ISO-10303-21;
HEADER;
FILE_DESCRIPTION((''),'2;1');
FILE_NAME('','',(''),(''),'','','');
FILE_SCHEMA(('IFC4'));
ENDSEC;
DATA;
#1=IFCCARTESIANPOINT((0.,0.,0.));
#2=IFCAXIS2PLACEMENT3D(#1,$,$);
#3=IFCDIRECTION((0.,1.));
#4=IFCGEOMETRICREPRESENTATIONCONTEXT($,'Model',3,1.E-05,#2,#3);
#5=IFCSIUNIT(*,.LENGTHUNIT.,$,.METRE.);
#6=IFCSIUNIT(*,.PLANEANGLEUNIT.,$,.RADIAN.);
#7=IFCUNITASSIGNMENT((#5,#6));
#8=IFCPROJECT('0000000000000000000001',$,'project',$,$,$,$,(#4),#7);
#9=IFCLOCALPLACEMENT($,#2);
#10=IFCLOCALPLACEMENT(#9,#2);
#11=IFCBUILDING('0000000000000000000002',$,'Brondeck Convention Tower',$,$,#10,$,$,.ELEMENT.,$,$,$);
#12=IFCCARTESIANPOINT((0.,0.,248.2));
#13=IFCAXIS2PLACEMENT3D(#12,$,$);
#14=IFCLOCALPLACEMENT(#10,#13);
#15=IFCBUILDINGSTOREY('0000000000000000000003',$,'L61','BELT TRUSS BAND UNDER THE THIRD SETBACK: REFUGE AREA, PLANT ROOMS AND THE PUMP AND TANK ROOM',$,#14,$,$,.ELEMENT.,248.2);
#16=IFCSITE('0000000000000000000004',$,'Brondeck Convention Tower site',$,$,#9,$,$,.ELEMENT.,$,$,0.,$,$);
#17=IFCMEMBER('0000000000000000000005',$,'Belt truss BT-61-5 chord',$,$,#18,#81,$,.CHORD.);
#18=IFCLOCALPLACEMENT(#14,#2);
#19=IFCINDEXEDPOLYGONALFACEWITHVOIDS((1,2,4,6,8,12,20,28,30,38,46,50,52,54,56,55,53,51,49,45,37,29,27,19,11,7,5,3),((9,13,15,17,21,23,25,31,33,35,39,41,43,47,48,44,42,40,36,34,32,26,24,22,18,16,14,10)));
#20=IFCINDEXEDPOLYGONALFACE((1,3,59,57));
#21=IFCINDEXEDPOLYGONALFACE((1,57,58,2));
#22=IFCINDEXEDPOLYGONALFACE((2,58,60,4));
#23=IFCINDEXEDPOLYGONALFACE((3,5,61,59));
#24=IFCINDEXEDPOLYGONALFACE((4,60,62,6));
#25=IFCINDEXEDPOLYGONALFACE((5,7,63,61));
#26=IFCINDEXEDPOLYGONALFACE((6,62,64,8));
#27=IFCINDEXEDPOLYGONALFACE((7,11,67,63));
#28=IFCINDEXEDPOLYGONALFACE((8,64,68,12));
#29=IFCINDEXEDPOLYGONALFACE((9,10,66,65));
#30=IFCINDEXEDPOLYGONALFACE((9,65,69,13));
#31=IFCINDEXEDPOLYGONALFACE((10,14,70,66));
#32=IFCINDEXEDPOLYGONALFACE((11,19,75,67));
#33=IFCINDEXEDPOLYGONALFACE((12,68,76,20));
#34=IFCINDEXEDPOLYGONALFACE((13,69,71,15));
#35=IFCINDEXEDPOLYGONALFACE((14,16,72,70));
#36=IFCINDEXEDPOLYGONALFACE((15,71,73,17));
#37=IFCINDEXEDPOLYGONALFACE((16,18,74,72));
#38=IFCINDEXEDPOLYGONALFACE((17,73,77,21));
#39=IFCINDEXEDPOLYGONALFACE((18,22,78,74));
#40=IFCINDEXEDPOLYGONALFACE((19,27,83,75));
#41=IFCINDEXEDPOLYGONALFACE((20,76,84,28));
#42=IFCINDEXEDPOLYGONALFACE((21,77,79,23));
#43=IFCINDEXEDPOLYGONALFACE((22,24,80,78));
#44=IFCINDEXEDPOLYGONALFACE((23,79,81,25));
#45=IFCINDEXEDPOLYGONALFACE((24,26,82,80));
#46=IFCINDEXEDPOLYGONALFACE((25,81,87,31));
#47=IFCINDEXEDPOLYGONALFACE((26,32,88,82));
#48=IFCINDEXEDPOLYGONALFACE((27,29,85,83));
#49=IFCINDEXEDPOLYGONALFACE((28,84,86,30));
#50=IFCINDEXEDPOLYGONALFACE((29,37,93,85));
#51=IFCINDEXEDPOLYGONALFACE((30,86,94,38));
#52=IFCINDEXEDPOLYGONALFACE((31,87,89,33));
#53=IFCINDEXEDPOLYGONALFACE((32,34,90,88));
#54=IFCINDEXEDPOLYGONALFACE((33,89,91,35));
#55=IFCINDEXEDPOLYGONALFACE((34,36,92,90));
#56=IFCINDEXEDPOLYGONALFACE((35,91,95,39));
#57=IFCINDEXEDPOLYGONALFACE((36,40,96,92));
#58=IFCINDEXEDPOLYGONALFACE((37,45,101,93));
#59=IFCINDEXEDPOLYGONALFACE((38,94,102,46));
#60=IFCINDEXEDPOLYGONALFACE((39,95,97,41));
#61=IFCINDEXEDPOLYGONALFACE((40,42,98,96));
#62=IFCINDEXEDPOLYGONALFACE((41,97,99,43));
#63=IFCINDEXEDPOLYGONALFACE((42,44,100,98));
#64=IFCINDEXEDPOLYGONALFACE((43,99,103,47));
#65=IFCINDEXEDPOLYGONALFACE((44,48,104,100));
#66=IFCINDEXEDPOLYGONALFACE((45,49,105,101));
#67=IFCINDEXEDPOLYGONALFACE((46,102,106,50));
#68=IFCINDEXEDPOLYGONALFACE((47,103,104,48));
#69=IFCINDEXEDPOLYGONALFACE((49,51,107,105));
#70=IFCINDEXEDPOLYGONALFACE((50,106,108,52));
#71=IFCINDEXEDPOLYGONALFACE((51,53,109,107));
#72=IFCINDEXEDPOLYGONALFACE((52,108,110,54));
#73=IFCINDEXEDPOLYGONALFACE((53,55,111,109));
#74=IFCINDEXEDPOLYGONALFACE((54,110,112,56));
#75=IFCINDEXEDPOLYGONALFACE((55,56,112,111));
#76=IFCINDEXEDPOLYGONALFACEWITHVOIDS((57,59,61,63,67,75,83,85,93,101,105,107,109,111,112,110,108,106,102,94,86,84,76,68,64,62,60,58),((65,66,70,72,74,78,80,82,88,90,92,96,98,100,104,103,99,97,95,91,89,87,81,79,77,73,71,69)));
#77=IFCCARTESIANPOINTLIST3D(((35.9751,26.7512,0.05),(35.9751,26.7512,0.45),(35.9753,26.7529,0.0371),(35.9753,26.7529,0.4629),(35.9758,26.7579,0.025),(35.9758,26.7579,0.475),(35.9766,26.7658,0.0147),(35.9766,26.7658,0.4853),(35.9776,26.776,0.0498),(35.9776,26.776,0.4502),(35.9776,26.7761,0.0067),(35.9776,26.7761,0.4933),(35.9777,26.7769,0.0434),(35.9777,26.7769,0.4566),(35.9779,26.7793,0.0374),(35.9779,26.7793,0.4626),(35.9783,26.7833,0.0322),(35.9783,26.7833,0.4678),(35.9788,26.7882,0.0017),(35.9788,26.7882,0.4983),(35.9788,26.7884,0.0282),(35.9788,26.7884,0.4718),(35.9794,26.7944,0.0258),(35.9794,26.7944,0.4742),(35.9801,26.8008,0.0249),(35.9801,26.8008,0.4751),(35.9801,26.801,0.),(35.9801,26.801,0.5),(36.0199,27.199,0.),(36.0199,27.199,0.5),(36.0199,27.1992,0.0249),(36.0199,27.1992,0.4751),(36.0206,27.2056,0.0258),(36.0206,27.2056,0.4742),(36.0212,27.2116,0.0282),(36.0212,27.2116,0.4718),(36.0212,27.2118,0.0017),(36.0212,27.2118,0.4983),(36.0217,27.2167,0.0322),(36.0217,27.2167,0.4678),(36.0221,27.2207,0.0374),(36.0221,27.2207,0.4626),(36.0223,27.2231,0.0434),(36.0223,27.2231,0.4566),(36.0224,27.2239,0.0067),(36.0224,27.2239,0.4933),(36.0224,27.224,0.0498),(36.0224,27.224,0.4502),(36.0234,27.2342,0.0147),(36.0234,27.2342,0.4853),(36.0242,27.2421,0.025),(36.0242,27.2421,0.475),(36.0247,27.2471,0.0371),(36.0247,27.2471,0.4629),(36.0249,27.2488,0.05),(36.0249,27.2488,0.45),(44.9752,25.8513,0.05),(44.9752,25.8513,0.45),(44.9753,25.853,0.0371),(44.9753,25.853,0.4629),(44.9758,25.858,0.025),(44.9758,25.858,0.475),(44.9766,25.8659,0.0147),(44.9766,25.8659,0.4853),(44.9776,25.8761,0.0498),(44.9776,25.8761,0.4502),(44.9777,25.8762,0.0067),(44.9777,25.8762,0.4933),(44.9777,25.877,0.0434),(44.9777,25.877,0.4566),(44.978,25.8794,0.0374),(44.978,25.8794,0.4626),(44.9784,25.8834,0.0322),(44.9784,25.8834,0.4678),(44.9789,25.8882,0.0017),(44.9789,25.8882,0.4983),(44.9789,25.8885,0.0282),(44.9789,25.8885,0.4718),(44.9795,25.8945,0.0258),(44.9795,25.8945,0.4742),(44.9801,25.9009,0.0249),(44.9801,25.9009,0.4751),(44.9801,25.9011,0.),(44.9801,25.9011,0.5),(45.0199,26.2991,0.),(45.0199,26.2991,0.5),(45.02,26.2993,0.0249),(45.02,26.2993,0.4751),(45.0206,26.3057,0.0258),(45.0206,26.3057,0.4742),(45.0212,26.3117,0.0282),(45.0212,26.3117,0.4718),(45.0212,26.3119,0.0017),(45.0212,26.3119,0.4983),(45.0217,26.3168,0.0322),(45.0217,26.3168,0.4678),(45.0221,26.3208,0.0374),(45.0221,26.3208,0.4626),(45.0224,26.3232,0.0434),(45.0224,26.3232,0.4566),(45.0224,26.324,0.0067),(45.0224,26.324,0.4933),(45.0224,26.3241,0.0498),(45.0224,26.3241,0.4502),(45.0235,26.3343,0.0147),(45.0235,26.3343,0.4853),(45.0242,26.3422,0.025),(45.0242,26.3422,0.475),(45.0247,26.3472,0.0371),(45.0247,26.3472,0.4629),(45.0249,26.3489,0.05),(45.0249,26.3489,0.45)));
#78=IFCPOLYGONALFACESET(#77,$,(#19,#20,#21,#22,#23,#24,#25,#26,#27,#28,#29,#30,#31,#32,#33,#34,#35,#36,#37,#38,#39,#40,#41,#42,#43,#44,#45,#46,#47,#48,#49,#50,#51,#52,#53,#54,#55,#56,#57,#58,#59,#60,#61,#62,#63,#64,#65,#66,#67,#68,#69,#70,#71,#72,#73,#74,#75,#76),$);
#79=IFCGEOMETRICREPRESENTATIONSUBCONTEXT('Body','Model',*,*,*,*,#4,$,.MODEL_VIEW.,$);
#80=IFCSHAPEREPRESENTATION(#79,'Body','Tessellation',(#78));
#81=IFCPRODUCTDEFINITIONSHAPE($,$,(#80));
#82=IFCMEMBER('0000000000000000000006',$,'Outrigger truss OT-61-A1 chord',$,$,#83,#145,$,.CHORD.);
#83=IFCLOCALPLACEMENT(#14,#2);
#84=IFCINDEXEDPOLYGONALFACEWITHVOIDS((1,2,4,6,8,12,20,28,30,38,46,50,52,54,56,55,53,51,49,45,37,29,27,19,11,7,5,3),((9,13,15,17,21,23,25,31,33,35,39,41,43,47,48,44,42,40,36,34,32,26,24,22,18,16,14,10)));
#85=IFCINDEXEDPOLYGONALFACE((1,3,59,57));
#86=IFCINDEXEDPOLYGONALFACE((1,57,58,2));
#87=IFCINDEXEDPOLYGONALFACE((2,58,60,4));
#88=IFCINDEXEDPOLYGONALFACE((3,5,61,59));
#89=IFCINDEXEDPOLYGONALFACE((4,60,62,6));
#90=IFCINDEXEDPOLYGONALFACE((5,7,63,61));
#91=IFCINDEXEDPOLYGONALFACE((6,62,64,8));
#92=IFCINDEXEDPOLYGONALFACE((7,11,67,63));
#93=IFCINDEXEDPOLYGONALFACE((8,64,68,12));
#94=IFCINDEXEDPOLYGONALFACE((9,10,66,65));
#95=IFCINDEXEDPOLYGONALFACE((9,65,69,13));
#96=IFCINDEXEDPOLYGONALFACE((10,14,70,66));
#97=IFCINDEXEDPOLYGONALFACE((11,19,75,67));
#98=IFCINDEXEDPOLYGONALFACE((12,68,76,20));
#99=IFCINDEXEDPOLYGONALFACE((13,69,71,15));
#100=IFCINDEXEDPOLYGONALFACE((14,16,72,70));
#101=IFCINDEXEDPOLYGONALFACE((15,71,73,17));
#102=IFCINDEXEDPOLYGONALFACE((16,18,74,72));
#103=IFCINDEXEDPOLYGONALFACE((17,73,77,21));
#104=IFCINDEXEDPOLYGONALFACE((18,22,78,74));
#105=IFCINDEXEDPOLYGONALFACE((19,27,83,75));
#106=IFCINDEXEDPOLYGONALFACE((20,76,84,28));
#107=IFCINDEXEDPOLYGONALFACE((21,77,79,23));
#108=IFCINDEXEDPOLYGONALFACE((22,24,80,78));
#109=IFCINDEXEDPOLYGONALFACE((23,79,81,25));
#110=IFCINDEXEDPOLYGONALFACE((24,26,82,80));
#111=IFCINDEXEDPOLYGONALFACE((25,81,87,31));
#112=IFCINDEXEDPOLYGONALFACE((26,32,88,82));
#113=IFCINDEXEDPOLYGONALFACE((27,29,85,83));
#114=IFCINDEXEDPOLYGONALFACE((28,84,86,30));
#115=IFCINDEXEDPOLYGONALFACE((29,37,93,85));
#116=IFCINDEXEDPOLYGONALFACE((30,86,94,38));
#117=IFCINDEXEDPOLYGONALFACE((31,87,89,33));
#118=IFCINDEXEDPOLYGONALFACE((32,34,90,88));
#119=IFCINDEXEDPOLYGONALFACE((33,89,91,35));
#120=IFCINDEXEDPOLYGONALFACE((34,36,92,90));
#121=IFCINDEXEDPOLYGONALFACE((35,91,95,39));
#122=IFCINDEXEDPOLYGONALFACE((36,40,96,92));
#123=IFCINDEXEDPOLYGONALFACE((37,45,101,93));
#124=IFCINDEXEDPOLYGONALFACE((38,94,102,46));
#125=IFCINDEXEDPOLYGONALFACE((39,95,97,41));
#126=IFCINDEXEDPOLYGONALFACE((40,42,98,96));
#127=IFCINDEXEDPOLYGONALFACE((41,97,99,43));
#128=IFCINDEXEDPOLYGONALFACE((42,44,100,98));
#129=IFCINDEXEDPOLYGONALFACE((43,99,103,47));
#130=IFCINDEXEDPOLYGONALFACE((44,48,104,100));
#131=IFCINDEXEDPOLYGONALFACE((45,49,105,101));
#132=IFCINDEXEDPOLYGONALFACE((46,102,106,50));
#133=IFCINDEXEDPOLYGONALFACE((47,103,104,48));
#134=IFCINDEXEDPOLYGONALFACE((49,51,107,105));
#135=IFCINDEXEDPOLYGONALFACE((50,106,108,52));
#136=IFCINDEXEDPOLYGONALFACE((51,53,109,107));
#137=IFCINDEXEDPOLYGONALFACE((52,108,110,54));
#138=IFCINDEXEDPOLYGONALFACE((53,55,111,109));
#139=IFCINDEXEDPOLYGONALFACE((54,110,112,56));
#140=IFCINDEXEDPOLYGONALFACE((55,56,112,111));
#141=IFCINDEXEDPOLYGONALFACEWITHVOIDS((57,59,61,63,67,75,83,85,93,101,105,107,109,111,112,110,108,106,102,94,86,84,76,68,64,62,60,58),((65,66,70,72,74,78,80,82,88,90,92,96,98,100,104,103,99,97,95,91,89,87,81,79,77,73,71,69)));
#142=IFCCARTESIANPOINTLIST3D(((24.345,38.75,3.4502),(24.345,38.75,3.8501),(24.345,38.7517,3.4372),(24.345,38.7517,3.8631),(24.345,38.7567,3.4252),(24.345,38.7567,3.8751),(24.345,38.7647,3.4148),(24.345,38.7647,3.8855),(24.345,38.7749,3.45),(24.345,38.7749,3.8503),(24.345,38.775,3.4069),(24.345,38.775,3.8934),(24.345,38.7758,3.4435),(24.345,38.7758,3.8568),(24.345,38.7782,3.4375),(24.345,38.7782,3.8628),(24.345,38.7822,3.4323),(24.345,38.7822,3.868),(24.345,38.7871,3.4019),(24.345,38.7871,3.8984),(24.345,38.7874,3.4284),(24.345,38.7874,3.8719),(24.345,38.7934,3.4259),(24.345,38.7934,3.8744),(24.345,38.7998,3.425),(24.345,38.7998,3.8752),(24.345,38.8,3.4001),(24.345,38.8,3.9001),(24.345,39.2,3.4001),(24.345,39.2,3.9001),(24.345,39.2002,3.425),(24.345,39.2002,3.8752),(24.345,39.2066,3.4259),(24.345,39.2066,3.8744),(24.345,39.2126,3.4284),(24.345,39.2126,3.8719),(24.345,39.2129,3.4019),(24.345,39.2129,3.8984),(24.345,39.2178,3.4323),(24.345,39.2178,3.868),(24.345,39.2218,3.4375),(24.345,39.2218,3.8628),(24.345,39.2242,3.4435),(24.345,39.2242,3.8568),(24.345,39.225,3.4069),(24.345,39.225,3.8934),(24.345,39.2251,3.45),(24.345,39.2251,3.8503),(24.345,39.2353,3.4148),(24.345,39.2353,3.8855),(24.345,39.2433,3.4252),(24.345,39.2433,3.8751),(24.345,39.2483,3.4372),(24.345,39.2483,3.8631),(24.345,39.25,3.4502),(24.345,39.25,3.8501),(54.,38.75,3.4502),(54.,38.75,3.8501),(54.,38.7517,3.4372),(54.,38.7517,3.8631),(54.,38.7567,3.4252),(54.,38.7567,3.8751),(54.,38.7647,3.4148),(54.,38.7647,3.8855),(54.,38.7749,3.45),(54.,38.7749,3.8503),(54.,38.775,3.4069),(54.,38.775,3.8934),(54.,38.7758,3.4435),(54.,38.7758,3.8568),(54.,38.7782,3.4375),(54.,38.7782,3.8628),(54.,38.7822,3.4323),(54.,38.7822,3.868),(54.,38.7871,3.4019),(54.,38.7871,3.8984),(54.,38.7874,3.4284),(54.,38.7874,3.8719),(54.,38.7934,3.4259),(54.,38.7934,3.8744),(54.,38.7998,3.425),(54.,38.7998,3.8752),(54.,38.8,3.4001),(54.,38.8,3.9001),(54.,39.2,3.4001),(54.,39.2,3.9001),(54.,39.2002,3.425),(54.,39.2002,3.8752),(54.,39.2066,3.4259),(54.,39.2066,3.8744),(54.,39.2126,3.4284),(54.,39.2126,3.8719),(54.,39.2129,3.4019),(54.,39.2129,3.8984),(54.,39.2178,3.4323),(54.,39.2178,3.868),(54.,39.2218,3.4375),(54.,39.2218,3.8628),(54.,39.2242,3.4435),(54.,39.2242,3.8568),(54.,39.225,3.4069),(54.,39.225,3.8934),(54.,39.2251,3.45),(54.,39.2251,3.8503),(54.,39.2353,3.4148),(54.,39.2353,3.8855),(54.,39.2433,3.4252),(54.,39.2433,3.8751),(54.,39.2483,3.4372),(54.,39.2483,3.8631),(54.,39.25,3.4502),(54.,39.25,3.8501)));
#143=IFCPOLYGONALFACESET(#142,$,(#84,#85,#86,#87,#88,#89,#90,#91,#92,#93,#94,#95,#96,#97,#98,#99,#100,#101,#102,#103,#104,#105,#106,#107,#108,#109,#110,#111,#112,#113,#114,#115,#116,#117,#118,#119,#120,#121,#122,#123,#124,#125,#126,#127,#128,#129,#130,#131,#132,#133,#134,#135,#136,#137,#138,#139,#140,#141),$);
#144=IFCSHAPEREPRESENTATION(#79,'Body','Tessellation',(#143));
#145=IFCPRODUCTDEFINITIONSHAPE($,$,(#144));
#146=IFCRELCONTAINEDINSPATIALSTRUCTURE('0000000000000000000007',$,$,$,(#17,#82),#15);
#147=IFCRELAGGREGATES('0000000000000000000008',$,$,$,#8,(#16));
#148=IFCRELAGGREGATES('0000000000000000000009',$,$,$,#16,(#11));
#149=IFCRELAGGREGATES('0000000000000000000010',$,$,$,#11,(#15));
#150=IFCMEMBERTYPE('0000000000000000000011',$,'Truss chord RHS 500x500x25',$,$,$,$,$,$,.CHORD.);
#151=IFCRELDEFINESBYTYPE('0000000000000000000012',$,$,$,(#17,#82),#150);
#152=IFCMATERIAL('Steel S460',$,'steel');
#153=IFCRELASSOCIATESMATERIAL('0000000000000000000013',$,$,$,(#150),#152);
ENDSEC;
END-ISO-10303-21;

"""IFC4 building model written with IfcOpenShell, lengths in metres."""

from ifc_helpers import new_model, si_unit, direction, frame, origin, origin_2d, place, context, subcontext, project, spatial, hollow_rectangle, extrude, material, material_profile, profile_set, type_object, element, save


model = new_model("IFC4")

# Units and contexts
model_context = context("Model", 3, precision=1e-05, world=origin(), true_north=direction((0.0, 1.0)))
body_context = subcontext(model_context, "Body", "Model", "MODEL_VIEW")
ifc_project = project(units=[si_unit("LENGTHUNIT", "METRE"), si_unit("PLANEANGLEUNIT", "RADIAN")], contexts=[model_context])

# Site, building, storey
site_placement = place(None, origin())
site = spatial("IfcSite", under=ifc_project, at=site_placement, Name="Brondeck Convention Tower site", CompositionType="ELEMENT", RefElevation=0.0)
building_placement = place(site_placement, origin())
building = spatial("IfcBuilding", under=site, at=building_placement, Name="Brondeck Convention Tower", CompositionType="ELEMENT")
storey_placement = place(building_placement, frame((0.0, 0.0, 248.2)))
storey = spatial("IfcBuildingStorey", under=building, at=storey_placement, Name="L61", Description="BELT TRUSS BAND UNDER THE THIRD SETBACK: REFUGE AREA, PLANT ROOMS AND THE PUMP AND TANK ROOM", CompositionType="ELEMENT", Elevation=248.2)

# Shared definitions
ifc_material_1 = material(Name="Steel S460", Category="steel")

# Members
ifc_material_profile_1 = material_profile(ifc_material_1, hollow_rectangle(XDim=0.5, YDim=0.5, WallThickness=0.0249, InnerFilletRadius=0.0249, OuterFilletRadius=0.05, at=origin_2d()), Name="RHS 500x500x25")
ifc_profile_set_1 = profile_set([ifc_material_profile_1], Name="Steel S460")
member_type_1 = type_object("IfcMemberType", Name="Truss chord RHS 500x500x25", PredefinedType="CHORD", material=ifc_profile_set_1)
member_1_placement = place(storey_placement, frame((36.0, 27.0, 0.25), z_axis=(0.995038, -0.099493, 0.0), x_axis=(0.099493, 0.995038, 0.0)))
element("IfcMember", 1, at=member_1_placement, inside=storey, type_object=member_type_1, Name="Belt truss BT-61-5 chord", PredefinedType="CHORD", context=body_context, shape_type="SweptSolid", body=[
    extrude(hollow_rectangle(XDim=0.5, YDim=0.5, WallThickness=0.0249, InnerFilletRadius=0.0249, OuterFilletRadius=0.05, at=origin_2d()), origin(), (0.0, 0.0, 1.0), 9.0449),
])
member_2_placement = place(storey_placement, frame((24.345, 39.0, 3.6501), z_axis=(1.0, 0.0, 0.0), x_axis=(0.0, 1.0, 0.0)))
element("IfcMember", 2, at=member_2_placement, inside=storey, type_object=member_type_1, Name="Outrigger truss OT-61-A1 chord", PredefinedType="CHORD", context=body_context, shape_type="SweptSolid", body=[
    extrude(hollow_rectangle(XDim=0.5, YDim=0.5, WallThickness=0.0249, InnerFilletRadius=0.0249, OuterFilletRadius=0.05, at=origin_2d()), origin(), (0.0, 0.0, 1.0), 29.655),
])

save(model, "model.ifc")
